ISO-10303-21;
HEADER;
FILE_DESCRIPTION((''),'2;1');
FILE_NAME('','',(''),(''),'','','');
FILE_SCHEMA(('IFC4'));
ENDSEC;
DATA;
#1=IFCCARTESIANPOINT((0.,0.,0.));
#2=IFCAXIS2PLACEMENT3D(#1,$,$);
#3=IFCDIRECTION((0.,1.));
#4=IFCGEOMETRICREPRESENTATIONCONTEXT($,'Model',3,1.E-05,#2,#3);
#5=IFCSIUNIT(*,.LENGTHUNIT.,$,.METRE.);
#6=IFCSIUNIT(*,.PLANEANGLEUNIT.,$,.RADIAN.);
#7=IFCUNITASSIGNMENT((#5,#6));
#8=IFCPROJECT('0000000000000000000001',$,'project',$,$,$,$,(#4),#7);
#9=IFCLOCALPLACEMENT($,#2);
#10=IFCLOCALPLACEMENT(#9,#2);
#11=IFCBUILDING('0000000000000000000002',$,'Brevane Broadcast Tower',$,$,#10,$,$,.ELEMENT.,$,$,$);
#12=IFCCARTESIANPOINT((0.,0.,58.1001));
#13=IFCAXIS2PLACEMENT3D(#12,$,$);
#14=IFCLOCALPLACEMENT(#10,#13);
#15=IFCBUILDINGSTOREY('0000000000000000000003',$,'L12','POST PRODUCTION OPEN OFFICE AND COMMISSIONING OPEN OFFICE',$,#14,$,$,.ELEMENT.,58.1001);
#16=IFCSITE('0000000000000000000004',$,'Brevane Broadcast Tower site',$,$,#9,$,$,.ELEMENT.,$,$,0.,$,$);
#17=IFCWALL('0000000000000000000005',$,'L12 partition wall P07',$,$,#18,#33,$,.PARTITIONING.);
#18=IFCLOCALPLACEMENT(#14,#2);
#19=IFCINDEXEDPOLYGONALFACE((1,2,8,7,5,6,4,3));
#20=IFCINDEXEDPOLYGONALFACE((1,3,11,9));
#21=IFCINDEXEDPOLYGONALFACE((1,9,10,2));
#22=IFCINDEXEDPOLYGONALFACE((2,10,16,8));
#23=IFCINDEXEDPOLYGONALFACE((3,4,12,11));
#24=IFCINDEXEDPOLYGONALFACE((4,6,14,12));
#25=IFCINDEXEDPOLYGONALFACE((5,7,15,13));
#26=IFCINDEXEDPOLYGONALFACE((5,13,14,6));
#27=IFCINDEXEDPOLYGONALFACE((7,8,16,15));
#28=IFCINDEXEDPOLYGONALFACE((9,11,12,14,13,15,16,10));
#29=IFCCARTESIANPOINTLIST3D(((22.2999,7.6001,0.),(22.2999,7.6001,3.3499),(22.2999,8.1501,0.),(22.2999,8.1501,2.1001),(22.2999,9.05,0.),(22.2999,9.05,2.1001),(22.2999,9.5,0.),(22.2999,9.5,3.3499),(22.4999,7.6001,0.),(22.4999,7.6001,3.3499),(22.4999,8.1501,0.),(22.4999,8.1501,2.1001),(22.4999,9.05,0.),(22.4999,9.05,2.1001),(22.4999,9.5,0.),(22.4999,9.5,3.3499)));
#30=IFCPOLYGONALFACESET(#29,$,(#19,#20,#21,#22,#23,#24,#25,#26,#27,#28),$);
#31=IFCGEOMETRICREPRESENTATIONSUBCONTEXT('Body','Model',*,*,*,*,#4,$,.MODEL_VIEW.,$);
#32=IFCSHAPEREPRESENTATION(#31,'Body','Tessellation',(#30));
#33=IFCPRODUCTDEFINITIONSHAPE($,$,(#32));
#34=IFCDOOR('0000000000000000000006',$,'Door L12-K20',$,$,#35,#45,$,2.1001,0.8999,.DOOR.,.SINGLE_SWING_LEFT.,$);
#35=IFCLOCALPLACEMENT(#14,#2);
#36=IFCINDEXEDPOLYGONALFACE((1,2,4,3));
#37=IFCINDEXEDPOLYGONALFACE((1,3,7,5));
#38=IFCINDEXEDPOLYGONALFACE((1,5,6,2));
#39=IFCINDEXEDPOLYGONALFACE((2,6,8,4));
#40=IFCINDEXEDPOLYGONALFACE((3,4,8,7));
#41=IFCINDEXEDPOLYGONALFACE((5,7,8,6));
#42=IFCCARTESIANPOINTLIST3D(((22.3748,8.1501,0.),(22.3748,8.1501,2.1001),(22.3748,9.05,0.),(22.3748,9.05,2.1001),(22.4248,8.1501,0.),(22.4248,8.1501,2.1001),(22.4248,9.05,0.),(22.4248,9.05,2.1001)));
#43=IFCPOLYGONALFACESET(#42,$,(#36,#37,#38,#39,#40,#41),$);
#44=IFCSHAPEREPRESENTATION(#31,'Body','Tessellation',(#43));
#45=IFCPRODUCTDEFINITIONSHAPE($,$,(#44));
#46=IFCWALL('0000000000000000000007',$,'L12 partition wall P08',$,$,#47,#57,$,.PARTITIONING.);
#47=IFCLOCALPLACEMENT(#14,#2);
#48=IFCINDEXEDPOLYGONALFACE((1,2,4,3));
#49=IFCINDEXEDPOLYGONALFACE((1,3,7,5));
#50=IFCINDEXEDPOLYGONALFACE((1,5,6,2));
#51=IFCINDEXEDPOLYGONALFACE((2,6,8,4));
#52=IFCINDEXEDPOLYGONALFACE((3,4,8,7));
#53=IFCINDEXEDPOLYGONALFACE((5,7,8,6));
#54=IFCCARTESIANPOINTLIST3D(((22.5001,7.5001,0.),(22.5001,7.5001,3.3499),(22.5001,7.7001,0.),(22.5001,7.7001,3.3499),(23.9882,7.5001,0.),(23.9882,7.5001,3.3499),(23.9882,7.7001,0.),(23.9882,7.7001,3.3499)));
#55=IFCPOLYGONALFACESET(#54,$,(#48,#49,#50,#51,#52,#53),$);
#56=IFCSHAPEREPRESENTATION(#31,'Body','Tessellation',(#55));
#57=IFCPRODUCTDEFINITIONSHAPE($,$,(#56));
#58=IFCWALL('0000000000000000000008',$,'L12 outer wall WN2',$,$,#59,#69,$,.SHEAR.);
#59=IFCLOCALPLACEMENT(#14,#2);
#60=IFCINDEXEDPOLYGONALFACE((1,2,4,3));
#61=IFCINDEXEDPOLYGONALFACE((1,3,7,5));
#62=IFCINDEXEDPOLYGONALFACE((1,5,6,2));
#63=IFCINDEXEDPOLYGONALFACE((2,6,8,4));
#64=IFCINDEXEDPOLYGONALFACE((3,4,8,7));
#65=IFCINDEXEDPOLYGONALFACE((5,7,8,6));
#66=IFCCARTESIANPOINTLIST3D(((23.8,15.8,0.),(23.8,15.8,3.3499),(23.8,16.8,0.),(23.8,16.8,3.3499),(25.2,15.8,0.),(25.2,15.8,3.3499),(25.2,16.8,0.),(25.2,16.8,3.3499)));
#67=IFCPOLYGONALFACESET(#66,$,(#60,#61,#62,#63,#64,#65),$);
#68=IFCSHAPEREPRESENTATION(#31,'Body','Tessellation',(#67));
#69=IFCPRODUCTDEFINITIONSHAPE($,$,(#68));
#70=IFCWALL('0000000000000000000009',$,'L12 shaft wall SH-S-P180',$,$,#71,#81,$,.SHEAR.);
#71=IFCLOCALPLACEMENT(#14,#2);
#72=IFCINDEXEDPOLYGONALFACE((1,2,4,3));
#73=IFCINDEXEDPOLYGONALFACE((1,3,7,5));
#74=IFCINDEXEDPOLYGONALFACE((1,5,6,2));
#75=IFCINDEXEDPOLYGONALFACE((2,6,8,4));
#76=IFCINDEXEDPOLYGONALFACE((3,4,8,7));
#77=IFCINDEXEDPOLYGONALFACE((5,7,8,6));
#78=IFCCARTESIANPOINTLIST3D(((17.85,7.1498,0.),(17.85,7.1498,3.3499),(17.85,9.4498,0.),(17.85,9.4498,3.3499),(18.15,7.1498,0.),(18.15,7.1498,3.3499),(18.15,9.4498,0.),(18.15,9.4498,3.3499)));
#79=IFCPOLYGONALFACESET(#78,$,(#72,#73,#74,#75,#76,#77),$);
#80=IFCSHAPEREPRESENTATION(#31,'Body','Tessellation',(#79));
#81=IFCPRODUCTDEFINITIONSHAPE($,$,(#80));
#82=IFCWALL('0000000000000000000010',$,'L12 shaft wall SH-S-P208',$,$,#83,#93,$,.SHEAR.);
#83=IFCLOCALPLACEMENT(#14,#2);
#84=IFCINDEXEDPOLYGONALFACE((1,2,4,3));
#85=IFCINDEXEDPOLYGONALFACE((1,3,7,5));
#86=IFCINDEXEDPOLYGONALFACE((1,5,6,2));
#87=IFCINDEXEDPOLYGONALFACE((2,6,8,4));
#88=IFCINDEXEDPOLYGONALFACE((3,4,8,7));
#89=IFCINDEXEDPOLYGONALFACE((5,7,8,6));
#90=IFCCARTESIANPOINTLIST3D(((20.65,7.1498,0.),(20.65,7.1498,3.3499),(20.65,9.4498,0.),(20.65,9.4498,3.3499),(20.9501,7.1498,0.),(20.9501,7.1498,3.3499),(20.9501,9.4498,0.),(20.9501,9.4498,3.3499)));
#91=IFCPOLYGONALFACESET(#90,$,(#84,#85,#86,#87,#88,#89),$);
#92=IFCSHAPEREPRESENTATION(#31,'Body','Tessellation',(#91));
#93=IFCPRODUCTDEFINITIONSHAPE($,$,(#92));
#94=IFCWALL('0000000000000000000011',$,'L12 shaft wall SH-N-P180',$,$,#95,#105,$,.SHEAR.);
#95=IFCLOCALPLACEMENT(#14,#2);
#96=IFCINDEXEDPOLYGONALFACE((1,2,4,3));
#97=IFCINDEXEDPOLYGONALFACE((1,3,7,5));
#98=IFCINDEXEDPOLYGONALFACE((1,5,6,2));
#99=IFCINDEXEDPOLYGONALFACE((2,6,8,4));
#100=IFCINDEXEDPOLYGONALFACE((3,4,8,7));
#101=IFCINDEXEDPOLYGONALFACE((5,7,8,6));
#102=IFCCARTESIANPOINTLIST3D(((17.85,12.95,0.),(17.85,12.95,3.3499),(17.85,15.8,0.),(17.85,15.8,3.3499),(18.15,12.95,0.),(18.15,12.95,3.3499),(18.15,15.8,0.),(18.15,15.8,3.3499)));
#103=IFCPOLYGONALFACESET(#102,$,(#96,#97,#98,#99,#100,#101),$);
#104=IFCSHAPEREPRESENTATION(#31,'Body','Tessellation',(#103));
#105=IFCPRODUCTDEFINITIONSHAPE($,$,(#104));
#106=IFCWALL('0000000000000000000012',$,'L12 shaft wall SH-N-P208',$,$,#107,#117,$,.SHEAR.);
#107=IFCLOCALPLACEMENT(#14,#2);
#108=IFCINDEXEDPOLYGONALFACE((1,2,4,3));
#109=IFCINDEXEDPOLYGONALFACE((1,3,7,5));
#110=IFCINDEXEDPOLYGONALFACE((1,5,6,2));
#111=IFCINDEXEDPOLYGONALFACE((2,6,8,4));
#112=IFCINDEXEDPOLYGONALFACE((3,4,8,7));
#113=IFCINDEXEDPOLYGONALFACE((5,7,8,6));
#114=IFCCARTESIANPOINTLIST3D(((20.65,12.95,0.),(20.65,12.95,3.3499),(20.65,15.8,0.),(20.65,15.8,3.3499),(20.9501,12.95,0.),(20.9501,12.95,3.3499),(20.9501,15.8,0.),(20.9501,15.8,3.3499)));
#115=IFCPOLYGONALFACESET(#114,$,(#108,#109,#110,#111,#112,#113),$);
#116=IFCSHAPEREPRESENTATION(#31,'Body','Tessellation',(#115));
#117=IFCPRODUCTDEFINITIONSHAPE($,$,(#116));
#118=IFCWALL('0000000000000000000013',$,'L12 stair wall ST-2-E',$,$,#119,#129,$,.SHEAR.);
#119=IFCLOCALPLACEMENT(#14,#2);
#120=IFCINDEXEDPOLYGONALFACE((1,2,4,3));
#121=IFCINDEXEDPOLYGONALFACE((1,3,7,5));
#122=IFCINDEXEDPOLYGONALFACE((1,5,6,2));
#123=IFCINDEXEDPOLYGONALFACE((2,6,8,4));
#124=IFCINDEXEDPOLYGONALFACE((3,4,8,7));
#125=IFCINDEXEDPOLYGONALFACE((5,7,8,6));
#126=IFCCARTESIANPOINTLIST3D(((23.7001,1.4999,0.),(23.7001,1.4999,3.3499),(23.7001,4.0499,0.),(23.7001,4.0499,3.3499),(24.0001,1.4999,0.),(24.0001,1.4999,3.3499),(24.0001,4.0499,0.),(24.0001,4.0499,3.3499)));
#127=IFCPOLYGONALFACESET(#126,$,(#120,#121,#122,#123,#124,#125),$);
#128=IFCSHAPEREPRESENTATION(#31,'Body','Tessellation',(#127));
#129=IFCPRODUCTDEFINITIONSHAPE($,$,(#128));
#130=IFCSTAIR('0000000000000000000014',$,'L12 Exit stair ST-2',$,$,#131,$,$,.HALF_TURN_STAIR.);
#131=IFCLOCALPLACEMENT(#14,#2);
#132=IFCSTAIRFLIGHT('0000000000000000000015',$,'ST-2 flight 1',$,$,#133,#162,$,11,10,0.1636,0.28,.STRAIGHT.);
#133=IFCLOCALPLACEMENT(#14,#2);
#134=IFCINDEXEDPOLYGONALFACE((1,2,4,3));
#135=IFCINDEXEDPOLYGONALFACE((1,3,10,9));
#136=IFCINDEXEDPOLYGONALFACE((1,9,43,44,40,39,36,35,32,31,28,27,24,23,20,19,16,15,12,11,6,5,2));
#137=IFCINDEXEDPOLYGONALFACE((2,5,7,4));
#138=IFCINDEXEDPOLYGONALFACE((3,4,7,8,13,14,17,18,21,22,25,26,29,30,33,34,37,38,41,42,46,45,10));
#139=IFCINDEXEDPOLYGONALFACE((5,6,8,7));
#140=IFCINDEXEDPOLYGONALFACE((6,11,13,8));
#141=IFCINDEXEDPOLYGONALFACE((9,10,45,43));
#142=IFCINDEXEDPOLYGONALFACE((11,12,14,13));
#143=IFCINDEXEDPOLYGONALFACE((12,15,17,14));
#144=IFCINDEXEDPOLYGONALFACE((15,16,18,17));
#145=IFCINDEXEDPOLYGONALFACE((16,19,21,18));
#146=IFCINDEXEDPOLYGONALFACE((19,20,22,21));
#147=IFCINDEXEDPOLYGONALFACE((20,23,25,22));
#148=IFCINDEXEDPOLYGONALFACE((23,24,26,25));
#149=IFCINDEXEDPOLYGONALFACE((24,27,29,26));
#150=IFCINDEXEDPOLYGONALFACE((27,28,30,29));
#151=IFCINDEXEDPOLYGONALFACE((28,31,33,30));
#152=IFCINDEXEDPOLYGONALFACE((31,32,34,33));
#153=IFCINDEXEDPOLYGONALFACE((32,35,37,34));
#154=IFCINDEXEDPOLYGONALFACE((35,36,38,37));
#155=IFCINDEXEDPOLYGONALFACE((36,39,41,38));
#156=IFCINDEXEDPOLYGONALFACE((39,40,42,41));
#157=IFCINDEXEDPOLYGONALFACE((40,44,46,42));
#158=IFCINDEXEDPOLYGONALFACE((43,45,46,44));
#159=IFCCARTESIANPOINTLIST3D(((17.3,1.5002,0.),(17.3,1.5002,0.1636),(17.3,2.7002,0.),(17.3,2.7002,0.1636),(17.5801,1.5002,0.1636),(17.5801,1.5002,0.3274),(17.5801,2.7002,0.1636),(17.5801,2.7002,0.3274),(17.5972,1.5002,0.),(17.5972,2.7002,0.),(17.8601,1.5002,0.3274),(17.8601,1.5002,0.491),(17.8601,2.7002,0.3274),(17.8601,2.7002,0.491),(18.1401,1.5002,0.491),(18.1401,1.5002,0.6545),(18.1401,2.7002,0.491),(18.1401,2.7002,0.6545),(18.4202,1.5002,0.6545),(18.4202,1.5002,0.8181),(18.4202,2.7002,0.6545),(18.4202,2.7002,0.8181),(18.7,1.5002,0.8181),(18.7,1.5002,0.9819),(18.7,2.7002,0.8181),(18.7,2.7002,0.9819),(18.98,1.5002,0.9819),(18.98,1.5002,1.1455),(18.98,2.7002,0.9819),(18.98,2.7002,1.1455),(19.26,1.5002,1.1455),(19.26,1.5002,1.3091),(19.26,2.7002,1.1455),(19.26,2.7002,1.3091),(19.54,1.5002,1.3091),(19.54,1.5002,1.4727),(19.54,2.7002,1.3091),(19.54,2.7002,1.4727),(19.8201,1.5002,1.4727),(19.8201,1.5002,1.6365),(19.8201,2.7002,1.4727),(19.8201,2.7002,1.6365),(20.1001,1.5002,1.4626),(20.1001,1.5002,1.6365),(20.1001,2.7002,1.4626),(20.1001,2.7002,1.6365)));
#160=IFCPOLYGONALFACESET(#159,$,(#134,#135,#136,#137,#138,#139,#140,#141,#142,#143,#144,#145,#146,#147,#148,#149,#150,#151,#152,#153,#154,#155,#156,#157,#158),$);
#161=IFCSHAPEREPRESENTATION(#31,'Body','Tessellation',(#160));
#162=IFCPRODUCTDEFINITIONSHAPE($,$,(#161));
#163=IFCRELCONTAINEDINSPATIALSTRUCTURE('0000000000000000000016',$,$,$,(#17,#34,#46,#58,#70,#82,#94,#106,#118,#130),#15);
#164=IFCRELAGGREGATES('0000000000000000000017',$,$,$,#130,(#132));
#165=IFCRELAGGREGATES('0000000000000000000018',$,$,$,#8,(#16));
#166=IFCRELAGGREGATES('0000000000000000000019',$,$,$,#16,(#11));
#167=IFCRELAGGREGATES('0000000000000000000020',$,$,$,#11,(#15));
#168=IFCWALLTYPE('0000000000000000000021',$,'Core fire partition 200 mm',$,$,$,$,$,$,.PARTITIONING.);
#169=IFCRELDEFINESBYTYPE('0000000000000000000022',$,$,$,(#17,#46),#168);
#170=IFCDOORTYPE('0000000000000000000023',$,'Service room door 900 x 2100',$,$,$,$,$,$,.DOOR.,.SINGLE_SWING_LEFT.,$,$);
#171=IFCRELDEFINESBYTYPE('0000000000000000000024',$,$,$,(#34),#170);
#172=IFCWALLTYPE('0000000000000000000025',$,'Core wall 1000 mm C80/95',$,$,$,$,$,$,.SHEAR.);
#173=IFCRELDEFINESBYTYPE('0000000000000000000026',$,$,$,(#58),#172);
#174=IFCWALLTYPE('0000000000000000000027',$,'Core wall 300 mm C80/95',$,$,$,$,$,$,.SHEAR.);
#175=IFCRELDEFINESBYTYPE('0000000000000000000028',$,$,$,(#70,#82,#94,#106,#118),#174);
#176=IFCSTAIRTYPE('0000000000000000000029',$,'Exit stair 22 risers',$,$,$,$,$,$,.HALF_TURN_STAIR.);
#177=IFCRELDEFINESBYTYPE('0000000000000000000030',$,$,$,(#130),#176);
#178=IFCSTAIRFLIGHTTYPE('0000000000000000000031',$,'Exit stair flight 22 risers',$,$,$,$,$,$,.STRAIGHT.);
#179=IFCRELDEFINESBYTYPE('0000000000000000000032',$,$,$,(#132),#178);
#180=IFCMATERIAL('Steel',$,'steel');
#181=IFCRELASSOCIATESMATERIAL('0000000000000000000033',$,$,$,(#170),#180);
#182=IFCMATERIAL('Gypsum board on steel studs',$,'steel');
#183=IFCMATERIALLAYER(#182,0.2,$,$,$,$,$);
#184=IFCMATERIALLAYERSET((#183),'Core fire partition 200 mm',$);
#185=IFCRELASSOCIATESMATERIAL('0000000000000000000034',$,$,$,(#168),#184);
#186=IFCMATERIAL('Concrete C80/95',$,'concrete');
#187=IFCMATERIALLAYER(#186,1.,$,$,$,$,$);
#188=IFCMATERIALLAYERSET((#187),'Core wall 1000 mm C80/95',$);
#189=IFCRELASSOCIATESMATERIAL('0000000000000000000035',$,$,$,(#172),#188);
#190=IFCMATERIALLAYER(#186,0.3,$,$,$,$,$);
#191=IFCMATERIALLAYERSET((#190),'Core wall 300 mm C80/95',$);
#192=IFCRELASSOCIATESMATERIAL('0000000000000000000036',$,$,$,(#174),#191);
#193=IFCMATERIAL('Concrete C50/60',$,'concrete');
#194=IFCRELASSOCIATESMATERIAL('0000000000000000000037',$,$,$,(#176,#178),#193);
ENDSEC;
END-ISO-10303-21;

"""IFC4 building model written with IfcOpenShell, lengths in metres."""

from ifc_helpers import new_model, si_unit, direction, frame, frame_2d, origin, place, context, subcontext, project, spatial, polyline, rectangle, outline, extrude, material, layer, layer_set, type_object, element, fill, aggregate, save


model = new_model("IFC4")

# Units and contexts
model_context = context("Model", 3, precision=1e-05, world=origin(), true_north=direction((0.0, 1.0)))
body_context = subcontext(model_context, "Body", "Model", "MODEL_VIEW")
ifc_project = project(units=[si_unit("LENGTHUNIT", "METRE"), si_unit("PLANEANGLEUNIT", "RADIAN")], contexts=[model_context])

# Site, building, storey
site_placement = place(None, origin())
site = spatial("IfcSite", under=ifc_project, at=site_placement, Name="Brevane Broadcast Tower site", CompositionType="ELEMENT", RefElevation=0.0)
building_placement = place(site_placement, origin())
building = spatial("IfcBuilding", under=site, at=building_placement, Name="Brevane Broadcast Tower", CompositionType="ELEMENT")
storey_placement = place(building_placement, frame((0.0, 0.0, 58.1001)))
storey = spatial("IfcBuildingStorey", under=building, at=storey_placement, Name="L12", Description="POST PRODUCTION OPEN OFFICE AND COMMISSIONING OPEN OFFICE", CompositionType="ELEMENT", Elevation=58.1001)

# Shared definitions
ifc_material_1 = material(Name="Gypsum board on steel studs", Category="steel")
ifc_material_2 = material(Name="Steel", Category="steel")
door_type = type_object("IfcDoorType", Name="Service room door 900 x 2100", OperationType="SINGLE_SWING_LEFT", PredefinedType="DOOR", material=ifc_material_2)

# Shared definitions
ifc_layer_1 = layer(ifc_material_1, 0.2)
ifc_layer_set_1 = layer_set([ifc_layer_1], Name="Core fire partition 200 mm")
wall_type_1 = type_object("IfcWallType", Name="Core fire partition 200 mm", PredefinedType="PARTITIONING", material=ifc_layer_set_1)

# Wall, opening, door
wall_1_placement = place(storey_placement, frame((22.3999, 9.5, 0.0), z_axis=(0.0, 0.0, 1.0), x_axis=(0.0, -1.0, 0.0)))
wall_1 = element("IfcWall", 1, at=wall_1_placement, inside=storey, type_object=wall_type_1, Name="L12 partition wall P07", PredefinedType="PARTITIONING", context=body_context, shape_type="SweptSolid", body=[
    extrude(rectangle(XDim=1.8999, YDim=0.2, at=frame_2d((0.95, 0.0))), origin(), (0.0, 0.0, 1.0), 3.3499),
])
opening_1_placement = place(wall_1_placement, frame((0.45, 0.0, 0.0)))
opening_1 = element("IfcOpeningElement", 2, at=opening_1_placement, cuts=wall_1, PredefinedType="OPENING", context=body_context, shape_type="SweptSolid", body=[
    extrude(rectangle(XDim=0.8999, YDim=2.1001, at=frame_2d((0.45, 1.05))), frame((0.0, 0.1099, 0.0), z_axis=(0.0, -1.0, 0.0), x_axis=(1.0, 0.0, 0.0)), (0.0, 0.0, 1.0), 0.22),
])
door_1_placement = place(opening_1_placement, origin())
door_1 = element("IfcDoor", 3, at=door_1_placement, inside=storey, type_object=door_type, Name="Door L12-K20", OperationType="SINGLE_SWING_LEFT", OverallHeight=2.1001, OverallWidth=0.8999, PredefinedType="DOOR", context=body_context, shape_type="SweptSolid", body=[
    extrude(rectangle(XDim=0.8999, YDim=2.1001, at=frame_2d((0.45, 1.05))), frame((0.0, 0.0249, 0.0), z_axis=(0.0, -1.0, 0.0), x_axis=(1.0, 0.0, 0.0)), (0.0, 0.0, 1.0), 0.05),
])
fill(opening_1, door_1)

# Walls
wall_2_placement = place(storey_placement, frame((22.5, 7.6001, 0.0), z_axis=(0.0, 0.0, 1.0), x_axis=(1.0, 0.0, 0.0)))
element("IfcWall", 4, at=wall_2_placement, inside=storey, type_object=wall_type_1, Name="L12 partition wall P08", PredefinedType="PARTITIONING", context=body_context, shape_type="SweptSolid", body=[
    extrude(rectangle(XDim=1.488, YDim=0.2, at=frame_2d((0.7441, 0.0))), origin(), (0.0, 0.0, 1.0), 3.3499),
])
ifc_material_3 = material(Name="Concrete C80/95", Category="concrete")
ifc_layer_2 = layer(ifc_material_3, 1.0)
ifc_layer_set_2 = layer_set([ifc_layer_2], Name="Core wall 1000 mm C80/95")
wall_type_2 = type_object("IfcWallType", Name="Core wall 1000 mm C80/95", PredefinedType="SHEAR", material=ifc_layer_set_2)
wall_3_placement = place(storey_placement, frame((23.8, 16.3, 0.0), z_axis=(0.0, 0.0, 1.0), x_axis=(1.0, 0.0, 0.0)))
element("IfcWall", 5, at=wall_3_placement, inside=storey, type_object=wall_type_2, Name="L12 outer wall WN2", PredefinedType="SHEAR", context=body_context, shape_type="SweptSolid", body=[
    extrude(rectangle(XDim=1.3999, YDim=1.0, at=frame_2d((0.7, 0.0))), origin(), (0.0, 0.0, 1.0), 3.3499),
])
ifc_layer_3 = layer(ifc_material_3, 0.3)
ifc_layer_set_3 = layer_set([ifc_layer_3], Name="Core wall 300 mm C80/95")
wall_type_3 = type_object("IfcWallType", Name="Core wall 300 mm C80/95", PredefinedType="SHEAR", material=ifc_layer_set_3)
for number, where, z_axis, x_axis, name in (
    (6, (18.0, 7.1499, 0.0), (0.0, 0.0, 1.0), (0.0, 1.0, 0.0), "L12 shaft wall SH-S-P180"),
    (7, (20.8, 7.1499, 0.0), (0.0, 0.0, 1.0), (0.0, 1.0, 0.0), "L12 shaft wall SH-S-P208"),
):
    element("IfcWall", number, at=place(storey_placement, frame(where, z_axis=z_axis, x_axis=x_axis)), inside=storey, type_object=wall_type_3, Name=name, PredefinedType="SHEAR", context=body_context, shape_type="SweptSolid", body=[
        extrude(rectangle(XDim=2.3, YDim=0.3, at=frame_2d((1.1499, 0.0))), origin(), (0.0, 0.0, 1.0), 3.3499),
    ])
for number, where, z_axis, x_axis, name in (
    (8, (18.0, 12.95, 0.0), (0.0, 0.0, 1.0), (0.0, 1.0, 0.0), "L12 shaft wall SH-N-P180"),
    (9, (20.8, 12.95, 0.0), (0.0, 0.0, 1.0), (0.0, 1.0, 0.0), "L12 shaft wall SH-N-P208"),
):
    element("IfcWall", number, at=place(storey_placement, frame(where, z_axis=z_axis, x_axis=x_axis)), inside=storey, type_object=wall_type_3, Name=name, PredefinedType="SHEAR", context=body_context, shape_type="SweptSolid", body=[
        extrude(rectangle(XDim=2.8501, YDim=0.3, at=frame_2d((1.425, 0.0))), origin(), (0.0, 0.0, 1.0), 3.3499),
    ])
wall_4_placement = place(storey_placement, frame((23.8501, 1.5, 0.0), z_axis=(0.0, 0.0, 1.0), x_axis=(0.0, 1.0, 0.0)))
element("IfcWall", 10, at=wall_4_placement, inside=storey, type_object=wall_type_3, Name="L12 stair wall ST-2-E", PredefinedType="SHEAR", context=body_context, shape_type="SweptSolid", body=[
    extrude(rectangle(XDim=2.55, YDim=0.3, at=frame_2d((1.2749, 0.0))), origin(), (0.0, 0.0, 1.0), 3.3499),
])

# Stair, stair flight
ifc_material_4 = material(Name="Concrete C50/60", Category="concrete")
stair_type = type_object("IfcStairType", Name="Exit stair 22 risers", PredefinedType="HALF_TURN_STAIR", material=ifc_material_4)
stair_placement = place(storey_placement, origin())
stair = element("IfcStair", 11, at=stair_placement, inside=storey, type_object=stair_type, Name="L12 Exit stair ST-2", PredefinedType="HALF_TURN_STAIR")
stair_flight_type = type_object("IfcStairFlightType", Name="Exit stair flight 22 risers", PredefinedType="STRAIGHT", material=ifc_material_4)
stair_flight_1_placement = place(storey_placement, frame((17.3, 2.1001, 0.0), z_axis=(0.0, 0.0, 1.0), x_axis=(1.0, 0.0, 0.0)))
stair_flight_1 = element("IfcStairFlight", 12, at=stair_flight_1_placement, type_object=stair_flight_type, Name="ST-2 flight 1", NumberOfRisers=11, NumberOfTreads=10, PredefinedType="STRAIGHT", RiserHeight=0.1636, TreadLength=0.28, context=body_context, shape_type="SweptSolid", body=[
    extrude(outline(polyline([(0.0, 0.0), (0.0, 0.1636), (0.28, 0.1636), (0.28, 0.3274), (0.5601, 0.3274), (0.5601, 0.491), (0.8401, 0.491), (0.8401, 0.6545), (1.1201, 0.6545), (1.1201, 0.8181), (1.3999, 0.8181), (1.3999, 0.9819), (1.6799, 0.9819), (1.6799, 1.1455), (1.96, 1.1455), (1.96, 1.3091), (2.24, 1.3091), (2.24, 1.4727), (2.52, 1.4727), (2.52, 1.6365), (2.8, 1.6365), (2.8, 1.8), (2.8, 1.4626), (0.2971, 0.0), (0.0, 0.0)])), frame((0.0, 0.6001, 0.0), z_axis=(0.0, -1.0, 0.0), x_axis=(1.0, 0.0, 0.0)), (0.0, 0.0, 1.0), 1.2),
])
aggregate(stair, [stair_flight_1])

save(model, "model.ifc")
